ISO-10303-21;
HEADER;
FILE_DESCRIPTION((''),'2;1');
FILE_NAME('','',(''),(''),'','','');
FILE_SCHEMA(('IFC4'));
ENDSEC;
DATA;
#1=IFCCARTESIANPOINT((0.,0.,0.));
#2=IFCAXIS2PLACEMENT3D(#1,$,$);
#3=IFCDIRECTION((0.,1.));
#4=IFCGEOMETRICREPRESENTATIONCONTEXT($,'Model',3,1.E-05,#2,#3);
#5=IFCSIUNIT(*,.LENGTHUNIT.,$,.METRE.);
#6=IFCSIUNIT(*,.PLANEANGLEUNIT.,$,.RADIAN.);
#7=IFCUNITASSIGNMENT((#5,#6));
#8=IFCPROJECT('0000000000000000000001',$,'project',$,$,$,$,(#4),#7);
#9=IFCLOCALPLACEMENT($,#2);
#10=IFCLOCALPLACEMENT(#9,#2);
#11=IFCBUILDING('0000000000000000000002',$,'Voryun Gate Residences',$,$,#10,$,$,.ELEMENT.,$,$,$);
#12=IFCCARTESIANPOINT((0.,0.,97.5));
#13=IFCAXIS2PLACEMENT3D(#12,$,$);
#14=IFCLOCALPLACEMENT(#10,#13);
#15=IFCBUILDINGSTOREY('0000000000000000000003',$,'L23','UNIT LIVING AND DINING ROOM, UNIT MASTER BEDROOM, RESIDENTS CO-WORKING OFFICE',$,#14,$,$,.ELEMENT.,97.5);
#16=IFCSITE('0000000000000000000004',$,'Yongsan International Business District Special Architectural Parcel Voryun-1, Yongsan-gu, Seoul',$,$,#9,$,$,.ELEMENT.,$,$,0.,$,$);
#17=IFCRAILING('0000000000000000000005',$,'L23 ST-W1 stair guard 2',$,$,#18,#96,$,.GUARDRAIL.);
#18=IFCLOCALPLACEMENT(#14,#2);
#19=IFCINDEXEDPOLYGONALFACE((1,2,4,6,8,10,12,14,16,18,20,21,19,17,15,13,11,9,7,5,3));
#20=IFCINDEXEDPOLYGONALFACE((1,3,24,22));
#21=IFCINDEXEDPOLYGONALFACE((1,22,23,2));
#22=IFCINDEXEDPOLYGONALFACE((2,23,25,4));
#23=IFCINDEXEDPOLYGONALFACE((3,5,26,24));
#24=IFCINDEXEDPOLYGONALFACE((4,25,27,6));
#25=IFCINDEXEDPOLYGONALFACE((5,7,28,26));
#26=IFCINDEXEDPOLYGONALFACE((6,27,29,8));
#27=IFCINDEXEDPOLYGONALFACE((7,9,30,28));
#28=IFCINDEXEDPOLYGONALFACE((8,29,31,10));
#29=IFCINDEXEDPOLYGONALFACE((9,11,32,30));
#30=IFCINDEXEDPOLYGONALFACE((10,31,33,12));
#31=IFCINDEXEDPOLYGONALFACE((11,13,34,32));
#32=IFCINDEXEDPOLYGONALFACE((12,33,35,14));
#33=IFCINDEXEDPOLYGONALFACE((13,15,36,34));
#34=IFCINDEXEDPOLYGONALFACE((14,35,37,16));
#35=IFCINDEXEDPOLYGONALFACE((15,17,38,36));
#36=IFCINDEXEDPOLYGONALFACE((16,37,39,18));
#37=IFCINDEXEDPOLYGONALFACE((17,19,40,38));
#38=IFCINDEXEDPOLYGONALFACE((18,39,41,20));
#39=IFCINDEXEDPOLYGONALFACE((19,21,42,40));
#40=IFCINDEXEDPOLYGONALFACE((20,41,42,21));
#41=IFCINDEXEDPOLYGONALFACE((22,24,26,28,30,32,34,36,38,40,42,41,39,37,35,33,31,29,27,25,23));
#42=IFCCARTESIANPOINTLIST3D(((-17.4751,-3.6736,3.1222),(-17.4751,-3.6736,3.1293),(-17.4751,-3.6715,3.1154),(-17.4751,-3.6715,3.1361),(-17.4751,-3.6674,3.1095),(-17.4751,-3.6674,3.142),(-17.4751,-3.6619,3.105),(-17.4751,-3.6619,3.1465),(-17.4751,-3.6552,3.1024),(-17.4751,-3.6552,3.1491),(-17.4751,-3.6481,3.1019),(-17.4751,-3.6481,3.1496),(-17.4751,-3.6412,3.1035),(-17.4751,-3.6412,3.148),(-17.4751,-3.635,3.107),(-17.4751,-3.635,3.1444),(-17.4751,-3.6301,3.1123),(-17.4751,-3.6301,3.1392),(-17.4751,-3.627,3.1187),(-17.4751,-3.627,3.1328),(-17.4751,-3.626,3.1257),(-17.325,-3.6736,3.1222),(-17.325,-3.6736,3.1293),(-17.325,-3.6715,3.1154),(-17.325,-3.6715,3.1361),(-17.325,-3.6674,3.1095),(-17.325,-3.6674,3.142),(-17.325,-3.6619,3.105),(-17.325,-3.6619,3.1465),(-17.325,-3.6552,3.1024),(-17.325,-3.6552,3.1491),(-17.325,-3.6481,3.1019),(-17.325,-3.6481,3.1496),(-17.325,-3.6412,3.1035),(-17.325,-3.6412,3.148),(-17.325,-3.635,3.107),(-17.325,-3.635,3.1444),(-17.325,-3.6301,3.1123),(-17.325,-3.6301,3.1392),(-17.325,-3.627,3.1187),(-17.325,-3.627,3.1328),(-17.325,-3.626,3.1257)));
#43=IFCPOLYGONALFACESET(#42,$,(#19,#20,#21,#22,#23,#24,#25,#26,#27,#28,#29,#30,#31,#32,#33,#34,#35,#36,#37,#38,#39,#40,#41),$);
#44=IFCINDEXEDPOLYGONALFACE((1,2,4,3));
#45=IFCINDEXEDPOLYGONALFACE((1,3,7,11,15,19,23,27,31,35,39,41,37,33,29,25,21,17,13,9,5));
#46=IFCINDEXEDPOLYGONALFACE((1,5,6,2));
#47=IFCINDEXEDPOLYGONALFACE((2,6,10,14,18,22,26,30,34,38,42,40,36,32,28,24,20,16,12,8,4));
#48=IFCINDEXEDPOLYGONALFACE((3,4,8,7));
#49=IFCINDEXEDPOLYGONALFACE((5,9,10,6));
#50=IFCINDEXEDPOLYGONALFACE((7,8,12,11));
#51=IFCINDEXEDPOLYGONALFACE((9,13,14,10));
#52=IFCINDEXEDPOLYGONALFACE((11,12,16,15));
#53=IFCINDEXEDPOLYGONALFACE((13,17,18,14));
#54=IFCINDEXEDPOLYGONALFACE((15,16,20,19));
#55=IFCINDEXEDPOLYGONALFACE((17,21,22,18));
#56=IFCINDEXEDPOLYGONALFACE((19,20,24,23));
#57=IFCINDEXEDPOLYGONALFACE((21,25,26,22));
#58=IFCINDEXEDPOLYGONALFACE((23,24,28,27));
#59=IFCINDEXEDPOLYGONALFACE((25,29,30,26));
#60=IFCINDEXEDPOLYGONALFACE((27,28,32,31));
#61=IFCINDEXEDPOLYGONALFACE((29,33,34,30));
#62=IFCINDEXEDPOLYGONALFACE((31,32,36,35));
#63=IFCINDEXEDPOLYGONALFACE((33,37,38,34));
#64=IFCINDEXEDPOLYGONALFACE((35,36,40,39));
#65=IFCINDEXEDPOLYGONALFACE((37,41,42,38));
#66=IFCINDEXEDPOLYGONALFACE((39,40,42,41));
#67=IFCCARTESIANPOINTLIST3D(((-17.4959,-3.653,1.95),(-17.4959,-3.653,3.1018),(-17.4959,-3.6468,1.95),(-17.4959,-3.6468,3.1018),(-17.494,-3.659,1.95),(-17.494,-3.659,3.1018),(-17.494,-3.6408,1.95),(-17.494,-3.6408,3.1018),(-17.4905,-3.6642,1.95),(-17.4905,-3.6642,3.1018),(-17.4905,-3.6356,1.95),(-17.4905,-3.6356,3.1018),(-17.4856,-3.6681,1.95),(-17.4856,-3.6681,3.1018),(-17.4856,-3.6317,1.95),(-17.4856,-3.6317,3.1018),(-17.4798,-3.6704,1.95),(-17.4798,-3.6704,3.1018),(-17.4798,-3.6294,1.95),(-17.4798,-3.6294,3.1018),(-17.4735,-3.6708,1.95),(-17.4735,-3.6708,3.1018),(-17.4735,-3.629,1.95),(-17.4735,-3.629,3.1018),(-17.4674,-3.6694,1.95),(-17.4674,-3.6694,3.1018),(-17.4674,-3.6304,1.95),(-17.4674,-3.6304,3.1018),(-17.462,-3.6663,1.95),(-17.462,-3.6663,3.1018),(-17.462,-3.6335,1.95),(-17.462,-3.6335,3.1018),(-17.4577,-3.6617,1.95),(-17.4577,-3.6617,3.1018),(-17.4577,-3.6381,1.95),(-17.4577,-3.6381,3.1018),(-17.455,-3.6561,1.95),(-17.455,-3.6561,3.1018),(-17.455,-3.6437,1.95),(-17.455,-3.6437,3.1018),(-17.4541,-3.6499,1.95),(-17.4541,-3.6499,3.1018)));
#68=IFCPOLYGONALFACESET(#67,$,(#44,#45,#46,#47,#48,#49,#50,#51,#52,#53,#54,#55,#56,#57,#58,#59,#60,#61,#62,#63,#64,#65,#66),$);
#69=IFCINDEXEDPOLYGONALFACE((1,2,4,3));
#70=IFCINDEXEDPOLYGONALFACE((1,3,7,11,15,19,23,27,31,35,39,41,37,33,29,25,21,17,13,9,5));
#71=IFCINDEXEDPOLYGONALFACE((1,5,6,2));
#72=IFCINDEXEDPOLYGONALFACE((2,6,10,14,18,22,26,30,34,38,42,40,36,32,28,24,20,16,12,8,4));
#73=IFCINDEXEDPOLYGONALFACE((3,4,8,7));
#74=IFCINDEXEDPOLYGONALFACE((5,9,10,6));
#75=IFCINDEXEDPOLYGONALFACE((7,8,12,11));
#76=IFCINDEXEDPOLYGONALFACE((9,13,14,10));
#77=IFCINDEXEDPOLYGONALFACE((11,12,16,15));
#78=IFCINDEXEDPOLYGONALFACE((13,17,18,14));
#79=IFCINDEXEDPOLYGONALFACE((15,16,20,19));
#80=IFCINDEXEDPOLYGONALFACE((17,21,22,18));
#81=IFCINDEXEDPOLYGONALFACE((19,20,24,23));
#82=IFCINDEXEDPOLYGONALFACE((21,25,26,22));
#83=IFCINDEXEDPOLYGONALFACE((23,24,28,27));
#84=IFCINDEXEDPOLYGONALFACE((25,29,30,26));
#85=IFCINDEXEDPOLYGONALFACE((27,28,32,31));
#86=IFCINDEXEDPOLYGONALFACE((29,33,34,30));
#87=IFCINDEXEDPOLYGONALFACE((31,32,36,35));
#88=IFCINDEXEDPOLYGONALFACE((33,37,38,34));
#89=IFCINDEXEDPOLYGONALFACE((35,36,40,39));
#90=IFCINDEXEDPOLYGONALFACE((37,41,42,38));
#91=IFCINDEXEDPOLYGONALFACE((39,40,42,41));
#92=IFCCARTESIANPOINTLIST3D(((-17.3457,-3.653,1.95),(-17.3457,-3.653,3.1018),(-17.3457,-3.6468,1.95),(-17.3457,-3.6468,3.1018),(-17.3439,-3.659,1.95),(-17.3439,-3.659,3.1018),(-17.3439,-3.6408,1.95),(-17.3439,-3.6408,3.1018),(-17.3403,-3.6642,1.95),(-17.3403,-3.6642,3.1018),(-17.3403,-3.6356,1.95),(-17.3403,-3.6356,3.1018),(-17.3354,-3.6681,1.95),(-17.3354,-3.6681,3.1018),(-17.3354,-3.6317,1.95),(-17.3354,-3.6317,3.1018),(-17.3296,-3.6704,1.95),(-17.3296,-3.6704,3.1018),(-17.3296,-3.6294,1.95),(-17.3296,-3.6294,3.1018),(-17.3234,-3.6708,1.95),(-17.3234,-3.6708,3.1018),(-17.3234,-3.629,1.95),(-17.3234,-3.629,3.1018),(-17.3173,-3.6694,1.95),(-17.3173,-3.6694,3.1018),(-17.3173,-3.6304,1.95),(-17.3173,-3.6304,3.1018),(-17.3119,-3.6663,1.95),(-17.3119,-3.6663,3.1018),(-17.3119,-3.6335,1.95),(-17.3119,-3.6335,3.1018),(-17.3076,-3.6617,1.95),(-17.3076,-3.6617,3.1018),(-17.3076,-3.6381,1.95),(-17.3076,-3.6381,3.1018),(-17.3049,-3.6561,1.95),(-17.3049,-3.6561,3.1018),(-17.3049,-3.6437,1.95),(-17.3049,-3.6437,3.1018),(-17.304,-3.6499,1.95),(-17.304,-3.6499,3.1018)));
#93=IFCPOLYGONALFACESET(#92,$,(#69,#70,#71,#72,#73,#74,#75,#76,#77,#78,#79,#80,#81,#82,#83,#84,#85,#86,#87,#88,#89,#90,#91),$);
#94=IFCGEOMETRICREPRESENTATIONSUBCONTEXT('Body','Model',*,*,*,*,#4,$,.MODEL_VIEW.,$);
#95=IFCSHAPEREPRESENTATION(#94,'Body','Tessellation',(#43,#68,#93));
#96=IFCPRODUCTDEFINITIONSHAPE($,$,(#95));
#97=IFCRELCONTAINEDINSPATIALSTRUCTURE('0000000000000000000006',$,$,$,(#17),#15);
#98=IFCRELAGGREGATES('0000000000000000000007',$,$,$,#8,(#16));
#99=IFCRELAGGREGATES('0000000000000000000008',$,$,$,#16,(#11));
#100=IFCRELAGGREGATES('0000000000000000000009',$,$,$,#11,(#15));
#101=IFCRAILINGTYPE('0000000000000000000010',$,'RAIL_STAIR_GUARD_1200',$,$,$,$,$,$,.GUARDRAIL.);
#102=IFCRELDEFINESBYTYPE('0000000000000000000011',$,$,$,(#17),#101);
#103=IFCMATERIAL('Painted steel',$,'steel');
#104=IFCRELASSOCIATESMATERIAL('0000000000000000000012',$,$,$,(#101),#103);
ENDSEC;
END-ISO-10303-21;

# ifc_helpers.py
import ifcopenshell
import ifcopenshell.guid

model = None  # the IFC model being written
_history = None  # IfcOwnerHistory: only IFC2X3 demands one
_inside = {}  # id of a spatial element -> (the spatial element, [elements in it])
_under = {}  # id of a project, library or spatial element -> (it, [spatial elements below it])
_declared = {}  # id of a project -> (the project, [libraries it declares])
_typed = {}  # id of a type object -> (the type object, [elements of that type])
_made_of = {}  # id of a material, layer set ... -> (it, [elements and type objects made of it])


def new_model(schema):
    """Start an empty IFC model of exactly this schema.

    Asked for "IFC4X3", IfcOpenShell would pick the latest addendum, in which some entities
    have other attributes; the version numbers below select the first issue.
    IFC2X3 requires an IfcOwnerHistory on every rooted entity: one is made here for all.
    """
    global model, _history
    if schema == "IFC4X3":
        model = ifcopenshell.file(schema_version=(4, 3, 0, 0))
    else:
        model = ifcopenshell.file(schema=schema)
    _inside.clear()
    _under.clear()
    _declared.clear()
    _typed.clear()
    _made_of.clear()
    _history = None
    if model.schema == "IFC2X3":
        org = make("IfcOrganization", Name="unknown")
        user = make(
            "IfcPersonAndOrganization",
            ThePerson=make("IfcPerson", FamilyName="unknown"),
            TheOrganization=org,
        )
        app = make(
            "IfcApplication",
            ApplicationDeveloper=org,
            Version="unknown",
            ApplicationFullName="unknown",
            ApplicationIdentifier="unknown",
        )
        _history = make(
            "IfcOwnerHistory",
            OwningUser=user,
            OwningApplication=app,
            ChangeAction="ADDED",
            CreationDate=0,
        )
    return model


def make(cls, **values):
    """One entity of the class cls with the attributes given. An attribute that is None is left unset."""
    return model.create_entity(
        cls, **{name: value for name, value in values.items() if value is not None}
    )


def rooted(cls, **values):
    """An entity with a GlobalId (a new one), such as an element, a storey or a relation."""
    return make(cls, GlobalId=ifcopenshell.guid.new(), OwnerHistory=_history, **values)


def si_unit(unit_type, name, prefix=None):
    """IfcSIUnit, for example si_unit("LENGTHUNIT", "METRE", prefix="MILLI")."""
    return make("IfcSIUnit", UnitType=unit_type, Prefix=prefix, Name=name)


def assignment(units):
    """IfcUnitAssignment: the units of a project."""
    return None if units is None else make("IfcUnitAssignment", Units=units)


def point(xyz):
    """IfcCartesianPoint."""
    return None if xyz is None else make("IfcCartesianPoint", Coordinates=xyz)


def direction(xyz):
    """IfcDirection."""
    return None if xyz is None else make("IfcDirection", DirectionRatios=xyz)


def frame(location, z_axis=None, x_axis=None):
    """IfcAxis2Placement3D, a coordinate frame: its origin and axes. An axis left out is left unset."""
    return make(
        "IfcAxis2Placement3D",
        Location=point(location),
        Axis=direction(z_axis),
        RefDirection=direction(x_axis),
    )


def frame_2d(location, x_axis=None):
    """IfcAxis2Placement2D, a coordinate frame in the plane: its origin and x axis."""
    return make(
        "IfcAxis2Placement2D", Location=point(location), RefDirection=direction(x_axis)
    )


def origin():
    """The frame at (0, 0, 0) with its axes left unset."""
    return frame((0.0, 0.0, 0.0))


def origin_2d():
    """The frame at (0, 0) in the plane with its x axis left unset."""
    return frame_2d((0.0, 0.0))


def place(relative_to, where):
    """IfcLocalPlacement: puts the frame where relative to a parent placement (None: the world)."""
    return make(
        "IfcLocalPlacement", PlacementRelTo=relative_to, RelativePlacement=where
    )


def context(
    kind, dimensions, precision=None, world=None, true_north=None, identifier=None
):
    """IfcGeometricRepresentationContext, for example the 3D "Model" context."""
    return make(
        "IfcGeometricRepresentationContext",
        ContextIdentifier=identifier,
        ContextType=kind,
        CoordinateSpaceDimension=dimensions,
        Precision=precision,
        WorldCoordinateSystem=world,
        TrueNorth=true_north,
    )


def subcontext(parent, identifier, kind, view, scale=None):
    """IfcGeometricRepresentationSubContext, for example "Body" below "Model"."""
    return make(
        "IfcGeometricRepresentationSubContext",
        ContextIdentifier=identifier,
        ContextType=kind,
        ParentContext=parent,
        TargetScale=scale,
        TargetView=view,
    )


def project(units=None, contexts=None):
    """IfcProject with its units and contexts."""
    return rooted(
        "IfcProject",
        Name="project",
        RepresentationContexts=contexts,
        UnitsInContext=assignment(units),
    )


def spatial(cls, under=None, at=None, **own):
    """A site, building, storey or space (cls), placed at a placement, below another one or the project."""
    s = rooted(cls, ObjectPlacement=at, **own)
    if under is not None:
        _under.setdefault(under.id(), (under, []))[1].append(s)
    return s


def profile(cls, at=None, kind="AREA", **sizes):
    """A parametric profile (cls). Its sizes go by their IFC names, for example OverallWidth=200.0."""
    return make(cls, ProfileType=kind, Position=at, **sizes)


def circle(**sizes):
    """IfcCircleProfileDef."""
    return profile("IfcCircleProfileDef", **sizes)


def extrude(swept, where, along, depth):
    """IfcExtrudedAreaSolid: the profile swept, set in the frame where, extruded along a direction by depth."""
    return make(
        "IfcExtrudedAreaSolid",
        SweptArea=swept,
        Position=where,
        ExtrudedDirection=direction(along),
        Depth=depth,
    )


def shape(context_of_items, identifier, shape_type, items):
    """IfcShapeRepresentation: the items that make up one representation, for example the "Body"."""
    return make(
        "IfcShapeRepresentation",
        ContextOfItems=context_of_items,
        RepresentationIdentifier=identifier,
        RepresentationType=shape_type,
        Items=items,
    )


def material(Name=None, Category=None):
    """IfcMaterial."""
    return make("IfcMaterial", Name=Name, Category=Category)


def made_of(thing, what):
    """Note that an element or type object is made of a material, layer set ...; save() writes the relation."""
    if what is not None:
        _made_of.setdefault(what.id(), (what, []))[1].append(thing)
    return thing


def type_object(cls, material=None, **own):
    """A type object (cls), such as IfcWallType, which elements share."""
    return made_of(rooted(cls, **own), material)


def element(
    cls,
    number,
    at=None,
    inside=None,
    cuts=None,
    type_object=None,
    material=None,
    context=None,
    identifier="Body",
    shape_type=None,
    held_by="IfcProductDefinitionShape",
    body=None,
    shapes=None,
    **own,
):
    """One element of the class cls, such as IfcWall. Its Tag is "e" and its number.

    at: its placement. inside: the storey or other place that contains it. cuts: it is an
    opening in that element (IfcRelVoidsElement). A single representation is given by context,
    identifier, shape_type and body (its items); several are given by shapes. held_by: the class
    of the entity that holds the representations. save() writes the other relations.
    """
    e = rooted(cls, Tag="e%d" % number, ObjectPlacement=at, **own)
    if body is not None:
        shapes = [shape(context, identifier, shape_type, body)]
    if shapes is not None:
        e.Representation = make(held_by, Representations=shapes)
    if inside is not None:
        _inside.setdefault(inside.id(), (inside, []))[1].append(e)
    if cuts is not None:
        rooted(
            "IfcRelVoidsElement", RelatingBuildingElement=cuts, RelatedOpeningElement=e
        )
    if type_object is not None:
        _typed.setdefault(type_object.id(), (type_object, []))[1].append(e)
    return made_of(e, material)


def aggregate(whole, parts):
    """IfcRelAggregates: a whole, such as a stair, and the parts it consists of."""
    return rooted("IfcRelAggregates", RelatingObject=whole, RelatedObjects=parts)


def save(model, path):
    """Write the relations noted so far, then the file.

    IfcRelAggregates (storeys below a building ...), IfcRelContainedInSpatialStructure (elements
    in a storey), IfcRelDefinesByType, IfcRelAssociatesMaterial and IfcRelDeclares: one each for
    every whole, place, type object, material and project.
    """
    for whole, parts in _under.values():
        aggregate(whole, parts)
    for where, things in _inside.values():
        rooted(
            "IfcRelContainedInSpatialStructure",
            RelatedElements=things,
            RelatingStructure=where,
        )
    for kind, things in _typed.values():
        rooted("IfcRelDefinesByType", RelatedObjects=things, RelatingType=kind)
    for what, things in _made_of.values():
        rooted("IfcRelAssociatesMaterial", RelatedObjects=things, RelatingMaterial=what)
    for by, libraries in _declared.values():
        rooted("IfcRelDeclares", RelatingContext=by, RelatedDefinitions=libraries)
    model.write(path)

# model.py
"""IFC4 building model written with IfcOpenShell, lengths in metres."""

from ifc_helpers import new_model, si_unit, direction, frame, origin, origin_2d, place, context, subcontext, project, spatial, circle, extrude, material, type_object, element, save


model = new_model("IFC4")

# Units and contexts
model_context = context("Model", 3, precision=1e-05, world=origin(), true_north=direction((0.0, 1.0)))
body_context = subcontext(model_context, "Body", "Model", "MODEL_VIEW")
ifc_project = project(units=[si_unit("LENGTHUNIT", "METRE"), si_unit("PLANEANGLEUNIT", "RADIAN")], contexts=[model_context])

# Site, building, storey
site_placement = place(None, origin())
site = spatial("IfcSite", under=ifc_project, at=site_placement, Name="Yongsan International Business District Special Architectural Parcel Voryun-1, Yongsan-gu, Seoul", CompositionType="ELEMENT", RefElevation=0.0)
building_placement = place(site_placement, origin())
building = spatial("IfcBuilding", under=site, at=building_placement, Name="Voryun Gate Residences", CompositionType="ELEMENT")
storey_placement = place(building_placement, frame((0.0, 0.0, 97.5)))
storey = spatial("IfcBuildingStorey", under=building, at=storey_placement, Name="L23", Description="UNIT LIVING AND DINING ROOM, UNIT MASTER BEDROOM, RESIDENTS CO-WORKING OFFICE", CompositionType="ELEMENT", Elevation=97.5)

# Railing
ifc_material_1 = material(Name="Painted steel", Category="steel")
railing_type = type_object("IfcRailingType", Name="RAIL_STAIR_GUARD_1200", PredefinedType="GUARDRAIL", material=ifc_material_1)
railing_1_placement = place(storey_placement, frame((-17.4751, -3.6499, 1.95)))
element("IfcRailing", 1, at=railing_1_placement, inside=storey, type_object=railing_type, Name="L23 ST-W1 stair guard 2", PredefinedType="GUARDRAIL", context=body_context, shape_type="SweptSolid", body=[
    extrude(circle(Radius=0.0239, at=origin_2d()), frame((0.0, 0.0, 1.1758), z_axis=(1.0, 0.0, 0.0), x_axis=(0.0, 1.0, 0.0)), (0.0, 0.0, 1.0), 0.1501),
    extrude(circle(Radius=0.021, at=origin_2d()), origin(), (0.0, 0.0, 1.0), 1.1519),
    extrude(circle(Radius=0.021, at=origin_2d()), frame((0.1501, 0.0, 0.0)), (0.0, 0.0, 1.0), 1.1519),
])

save(model, "model.ifc")
